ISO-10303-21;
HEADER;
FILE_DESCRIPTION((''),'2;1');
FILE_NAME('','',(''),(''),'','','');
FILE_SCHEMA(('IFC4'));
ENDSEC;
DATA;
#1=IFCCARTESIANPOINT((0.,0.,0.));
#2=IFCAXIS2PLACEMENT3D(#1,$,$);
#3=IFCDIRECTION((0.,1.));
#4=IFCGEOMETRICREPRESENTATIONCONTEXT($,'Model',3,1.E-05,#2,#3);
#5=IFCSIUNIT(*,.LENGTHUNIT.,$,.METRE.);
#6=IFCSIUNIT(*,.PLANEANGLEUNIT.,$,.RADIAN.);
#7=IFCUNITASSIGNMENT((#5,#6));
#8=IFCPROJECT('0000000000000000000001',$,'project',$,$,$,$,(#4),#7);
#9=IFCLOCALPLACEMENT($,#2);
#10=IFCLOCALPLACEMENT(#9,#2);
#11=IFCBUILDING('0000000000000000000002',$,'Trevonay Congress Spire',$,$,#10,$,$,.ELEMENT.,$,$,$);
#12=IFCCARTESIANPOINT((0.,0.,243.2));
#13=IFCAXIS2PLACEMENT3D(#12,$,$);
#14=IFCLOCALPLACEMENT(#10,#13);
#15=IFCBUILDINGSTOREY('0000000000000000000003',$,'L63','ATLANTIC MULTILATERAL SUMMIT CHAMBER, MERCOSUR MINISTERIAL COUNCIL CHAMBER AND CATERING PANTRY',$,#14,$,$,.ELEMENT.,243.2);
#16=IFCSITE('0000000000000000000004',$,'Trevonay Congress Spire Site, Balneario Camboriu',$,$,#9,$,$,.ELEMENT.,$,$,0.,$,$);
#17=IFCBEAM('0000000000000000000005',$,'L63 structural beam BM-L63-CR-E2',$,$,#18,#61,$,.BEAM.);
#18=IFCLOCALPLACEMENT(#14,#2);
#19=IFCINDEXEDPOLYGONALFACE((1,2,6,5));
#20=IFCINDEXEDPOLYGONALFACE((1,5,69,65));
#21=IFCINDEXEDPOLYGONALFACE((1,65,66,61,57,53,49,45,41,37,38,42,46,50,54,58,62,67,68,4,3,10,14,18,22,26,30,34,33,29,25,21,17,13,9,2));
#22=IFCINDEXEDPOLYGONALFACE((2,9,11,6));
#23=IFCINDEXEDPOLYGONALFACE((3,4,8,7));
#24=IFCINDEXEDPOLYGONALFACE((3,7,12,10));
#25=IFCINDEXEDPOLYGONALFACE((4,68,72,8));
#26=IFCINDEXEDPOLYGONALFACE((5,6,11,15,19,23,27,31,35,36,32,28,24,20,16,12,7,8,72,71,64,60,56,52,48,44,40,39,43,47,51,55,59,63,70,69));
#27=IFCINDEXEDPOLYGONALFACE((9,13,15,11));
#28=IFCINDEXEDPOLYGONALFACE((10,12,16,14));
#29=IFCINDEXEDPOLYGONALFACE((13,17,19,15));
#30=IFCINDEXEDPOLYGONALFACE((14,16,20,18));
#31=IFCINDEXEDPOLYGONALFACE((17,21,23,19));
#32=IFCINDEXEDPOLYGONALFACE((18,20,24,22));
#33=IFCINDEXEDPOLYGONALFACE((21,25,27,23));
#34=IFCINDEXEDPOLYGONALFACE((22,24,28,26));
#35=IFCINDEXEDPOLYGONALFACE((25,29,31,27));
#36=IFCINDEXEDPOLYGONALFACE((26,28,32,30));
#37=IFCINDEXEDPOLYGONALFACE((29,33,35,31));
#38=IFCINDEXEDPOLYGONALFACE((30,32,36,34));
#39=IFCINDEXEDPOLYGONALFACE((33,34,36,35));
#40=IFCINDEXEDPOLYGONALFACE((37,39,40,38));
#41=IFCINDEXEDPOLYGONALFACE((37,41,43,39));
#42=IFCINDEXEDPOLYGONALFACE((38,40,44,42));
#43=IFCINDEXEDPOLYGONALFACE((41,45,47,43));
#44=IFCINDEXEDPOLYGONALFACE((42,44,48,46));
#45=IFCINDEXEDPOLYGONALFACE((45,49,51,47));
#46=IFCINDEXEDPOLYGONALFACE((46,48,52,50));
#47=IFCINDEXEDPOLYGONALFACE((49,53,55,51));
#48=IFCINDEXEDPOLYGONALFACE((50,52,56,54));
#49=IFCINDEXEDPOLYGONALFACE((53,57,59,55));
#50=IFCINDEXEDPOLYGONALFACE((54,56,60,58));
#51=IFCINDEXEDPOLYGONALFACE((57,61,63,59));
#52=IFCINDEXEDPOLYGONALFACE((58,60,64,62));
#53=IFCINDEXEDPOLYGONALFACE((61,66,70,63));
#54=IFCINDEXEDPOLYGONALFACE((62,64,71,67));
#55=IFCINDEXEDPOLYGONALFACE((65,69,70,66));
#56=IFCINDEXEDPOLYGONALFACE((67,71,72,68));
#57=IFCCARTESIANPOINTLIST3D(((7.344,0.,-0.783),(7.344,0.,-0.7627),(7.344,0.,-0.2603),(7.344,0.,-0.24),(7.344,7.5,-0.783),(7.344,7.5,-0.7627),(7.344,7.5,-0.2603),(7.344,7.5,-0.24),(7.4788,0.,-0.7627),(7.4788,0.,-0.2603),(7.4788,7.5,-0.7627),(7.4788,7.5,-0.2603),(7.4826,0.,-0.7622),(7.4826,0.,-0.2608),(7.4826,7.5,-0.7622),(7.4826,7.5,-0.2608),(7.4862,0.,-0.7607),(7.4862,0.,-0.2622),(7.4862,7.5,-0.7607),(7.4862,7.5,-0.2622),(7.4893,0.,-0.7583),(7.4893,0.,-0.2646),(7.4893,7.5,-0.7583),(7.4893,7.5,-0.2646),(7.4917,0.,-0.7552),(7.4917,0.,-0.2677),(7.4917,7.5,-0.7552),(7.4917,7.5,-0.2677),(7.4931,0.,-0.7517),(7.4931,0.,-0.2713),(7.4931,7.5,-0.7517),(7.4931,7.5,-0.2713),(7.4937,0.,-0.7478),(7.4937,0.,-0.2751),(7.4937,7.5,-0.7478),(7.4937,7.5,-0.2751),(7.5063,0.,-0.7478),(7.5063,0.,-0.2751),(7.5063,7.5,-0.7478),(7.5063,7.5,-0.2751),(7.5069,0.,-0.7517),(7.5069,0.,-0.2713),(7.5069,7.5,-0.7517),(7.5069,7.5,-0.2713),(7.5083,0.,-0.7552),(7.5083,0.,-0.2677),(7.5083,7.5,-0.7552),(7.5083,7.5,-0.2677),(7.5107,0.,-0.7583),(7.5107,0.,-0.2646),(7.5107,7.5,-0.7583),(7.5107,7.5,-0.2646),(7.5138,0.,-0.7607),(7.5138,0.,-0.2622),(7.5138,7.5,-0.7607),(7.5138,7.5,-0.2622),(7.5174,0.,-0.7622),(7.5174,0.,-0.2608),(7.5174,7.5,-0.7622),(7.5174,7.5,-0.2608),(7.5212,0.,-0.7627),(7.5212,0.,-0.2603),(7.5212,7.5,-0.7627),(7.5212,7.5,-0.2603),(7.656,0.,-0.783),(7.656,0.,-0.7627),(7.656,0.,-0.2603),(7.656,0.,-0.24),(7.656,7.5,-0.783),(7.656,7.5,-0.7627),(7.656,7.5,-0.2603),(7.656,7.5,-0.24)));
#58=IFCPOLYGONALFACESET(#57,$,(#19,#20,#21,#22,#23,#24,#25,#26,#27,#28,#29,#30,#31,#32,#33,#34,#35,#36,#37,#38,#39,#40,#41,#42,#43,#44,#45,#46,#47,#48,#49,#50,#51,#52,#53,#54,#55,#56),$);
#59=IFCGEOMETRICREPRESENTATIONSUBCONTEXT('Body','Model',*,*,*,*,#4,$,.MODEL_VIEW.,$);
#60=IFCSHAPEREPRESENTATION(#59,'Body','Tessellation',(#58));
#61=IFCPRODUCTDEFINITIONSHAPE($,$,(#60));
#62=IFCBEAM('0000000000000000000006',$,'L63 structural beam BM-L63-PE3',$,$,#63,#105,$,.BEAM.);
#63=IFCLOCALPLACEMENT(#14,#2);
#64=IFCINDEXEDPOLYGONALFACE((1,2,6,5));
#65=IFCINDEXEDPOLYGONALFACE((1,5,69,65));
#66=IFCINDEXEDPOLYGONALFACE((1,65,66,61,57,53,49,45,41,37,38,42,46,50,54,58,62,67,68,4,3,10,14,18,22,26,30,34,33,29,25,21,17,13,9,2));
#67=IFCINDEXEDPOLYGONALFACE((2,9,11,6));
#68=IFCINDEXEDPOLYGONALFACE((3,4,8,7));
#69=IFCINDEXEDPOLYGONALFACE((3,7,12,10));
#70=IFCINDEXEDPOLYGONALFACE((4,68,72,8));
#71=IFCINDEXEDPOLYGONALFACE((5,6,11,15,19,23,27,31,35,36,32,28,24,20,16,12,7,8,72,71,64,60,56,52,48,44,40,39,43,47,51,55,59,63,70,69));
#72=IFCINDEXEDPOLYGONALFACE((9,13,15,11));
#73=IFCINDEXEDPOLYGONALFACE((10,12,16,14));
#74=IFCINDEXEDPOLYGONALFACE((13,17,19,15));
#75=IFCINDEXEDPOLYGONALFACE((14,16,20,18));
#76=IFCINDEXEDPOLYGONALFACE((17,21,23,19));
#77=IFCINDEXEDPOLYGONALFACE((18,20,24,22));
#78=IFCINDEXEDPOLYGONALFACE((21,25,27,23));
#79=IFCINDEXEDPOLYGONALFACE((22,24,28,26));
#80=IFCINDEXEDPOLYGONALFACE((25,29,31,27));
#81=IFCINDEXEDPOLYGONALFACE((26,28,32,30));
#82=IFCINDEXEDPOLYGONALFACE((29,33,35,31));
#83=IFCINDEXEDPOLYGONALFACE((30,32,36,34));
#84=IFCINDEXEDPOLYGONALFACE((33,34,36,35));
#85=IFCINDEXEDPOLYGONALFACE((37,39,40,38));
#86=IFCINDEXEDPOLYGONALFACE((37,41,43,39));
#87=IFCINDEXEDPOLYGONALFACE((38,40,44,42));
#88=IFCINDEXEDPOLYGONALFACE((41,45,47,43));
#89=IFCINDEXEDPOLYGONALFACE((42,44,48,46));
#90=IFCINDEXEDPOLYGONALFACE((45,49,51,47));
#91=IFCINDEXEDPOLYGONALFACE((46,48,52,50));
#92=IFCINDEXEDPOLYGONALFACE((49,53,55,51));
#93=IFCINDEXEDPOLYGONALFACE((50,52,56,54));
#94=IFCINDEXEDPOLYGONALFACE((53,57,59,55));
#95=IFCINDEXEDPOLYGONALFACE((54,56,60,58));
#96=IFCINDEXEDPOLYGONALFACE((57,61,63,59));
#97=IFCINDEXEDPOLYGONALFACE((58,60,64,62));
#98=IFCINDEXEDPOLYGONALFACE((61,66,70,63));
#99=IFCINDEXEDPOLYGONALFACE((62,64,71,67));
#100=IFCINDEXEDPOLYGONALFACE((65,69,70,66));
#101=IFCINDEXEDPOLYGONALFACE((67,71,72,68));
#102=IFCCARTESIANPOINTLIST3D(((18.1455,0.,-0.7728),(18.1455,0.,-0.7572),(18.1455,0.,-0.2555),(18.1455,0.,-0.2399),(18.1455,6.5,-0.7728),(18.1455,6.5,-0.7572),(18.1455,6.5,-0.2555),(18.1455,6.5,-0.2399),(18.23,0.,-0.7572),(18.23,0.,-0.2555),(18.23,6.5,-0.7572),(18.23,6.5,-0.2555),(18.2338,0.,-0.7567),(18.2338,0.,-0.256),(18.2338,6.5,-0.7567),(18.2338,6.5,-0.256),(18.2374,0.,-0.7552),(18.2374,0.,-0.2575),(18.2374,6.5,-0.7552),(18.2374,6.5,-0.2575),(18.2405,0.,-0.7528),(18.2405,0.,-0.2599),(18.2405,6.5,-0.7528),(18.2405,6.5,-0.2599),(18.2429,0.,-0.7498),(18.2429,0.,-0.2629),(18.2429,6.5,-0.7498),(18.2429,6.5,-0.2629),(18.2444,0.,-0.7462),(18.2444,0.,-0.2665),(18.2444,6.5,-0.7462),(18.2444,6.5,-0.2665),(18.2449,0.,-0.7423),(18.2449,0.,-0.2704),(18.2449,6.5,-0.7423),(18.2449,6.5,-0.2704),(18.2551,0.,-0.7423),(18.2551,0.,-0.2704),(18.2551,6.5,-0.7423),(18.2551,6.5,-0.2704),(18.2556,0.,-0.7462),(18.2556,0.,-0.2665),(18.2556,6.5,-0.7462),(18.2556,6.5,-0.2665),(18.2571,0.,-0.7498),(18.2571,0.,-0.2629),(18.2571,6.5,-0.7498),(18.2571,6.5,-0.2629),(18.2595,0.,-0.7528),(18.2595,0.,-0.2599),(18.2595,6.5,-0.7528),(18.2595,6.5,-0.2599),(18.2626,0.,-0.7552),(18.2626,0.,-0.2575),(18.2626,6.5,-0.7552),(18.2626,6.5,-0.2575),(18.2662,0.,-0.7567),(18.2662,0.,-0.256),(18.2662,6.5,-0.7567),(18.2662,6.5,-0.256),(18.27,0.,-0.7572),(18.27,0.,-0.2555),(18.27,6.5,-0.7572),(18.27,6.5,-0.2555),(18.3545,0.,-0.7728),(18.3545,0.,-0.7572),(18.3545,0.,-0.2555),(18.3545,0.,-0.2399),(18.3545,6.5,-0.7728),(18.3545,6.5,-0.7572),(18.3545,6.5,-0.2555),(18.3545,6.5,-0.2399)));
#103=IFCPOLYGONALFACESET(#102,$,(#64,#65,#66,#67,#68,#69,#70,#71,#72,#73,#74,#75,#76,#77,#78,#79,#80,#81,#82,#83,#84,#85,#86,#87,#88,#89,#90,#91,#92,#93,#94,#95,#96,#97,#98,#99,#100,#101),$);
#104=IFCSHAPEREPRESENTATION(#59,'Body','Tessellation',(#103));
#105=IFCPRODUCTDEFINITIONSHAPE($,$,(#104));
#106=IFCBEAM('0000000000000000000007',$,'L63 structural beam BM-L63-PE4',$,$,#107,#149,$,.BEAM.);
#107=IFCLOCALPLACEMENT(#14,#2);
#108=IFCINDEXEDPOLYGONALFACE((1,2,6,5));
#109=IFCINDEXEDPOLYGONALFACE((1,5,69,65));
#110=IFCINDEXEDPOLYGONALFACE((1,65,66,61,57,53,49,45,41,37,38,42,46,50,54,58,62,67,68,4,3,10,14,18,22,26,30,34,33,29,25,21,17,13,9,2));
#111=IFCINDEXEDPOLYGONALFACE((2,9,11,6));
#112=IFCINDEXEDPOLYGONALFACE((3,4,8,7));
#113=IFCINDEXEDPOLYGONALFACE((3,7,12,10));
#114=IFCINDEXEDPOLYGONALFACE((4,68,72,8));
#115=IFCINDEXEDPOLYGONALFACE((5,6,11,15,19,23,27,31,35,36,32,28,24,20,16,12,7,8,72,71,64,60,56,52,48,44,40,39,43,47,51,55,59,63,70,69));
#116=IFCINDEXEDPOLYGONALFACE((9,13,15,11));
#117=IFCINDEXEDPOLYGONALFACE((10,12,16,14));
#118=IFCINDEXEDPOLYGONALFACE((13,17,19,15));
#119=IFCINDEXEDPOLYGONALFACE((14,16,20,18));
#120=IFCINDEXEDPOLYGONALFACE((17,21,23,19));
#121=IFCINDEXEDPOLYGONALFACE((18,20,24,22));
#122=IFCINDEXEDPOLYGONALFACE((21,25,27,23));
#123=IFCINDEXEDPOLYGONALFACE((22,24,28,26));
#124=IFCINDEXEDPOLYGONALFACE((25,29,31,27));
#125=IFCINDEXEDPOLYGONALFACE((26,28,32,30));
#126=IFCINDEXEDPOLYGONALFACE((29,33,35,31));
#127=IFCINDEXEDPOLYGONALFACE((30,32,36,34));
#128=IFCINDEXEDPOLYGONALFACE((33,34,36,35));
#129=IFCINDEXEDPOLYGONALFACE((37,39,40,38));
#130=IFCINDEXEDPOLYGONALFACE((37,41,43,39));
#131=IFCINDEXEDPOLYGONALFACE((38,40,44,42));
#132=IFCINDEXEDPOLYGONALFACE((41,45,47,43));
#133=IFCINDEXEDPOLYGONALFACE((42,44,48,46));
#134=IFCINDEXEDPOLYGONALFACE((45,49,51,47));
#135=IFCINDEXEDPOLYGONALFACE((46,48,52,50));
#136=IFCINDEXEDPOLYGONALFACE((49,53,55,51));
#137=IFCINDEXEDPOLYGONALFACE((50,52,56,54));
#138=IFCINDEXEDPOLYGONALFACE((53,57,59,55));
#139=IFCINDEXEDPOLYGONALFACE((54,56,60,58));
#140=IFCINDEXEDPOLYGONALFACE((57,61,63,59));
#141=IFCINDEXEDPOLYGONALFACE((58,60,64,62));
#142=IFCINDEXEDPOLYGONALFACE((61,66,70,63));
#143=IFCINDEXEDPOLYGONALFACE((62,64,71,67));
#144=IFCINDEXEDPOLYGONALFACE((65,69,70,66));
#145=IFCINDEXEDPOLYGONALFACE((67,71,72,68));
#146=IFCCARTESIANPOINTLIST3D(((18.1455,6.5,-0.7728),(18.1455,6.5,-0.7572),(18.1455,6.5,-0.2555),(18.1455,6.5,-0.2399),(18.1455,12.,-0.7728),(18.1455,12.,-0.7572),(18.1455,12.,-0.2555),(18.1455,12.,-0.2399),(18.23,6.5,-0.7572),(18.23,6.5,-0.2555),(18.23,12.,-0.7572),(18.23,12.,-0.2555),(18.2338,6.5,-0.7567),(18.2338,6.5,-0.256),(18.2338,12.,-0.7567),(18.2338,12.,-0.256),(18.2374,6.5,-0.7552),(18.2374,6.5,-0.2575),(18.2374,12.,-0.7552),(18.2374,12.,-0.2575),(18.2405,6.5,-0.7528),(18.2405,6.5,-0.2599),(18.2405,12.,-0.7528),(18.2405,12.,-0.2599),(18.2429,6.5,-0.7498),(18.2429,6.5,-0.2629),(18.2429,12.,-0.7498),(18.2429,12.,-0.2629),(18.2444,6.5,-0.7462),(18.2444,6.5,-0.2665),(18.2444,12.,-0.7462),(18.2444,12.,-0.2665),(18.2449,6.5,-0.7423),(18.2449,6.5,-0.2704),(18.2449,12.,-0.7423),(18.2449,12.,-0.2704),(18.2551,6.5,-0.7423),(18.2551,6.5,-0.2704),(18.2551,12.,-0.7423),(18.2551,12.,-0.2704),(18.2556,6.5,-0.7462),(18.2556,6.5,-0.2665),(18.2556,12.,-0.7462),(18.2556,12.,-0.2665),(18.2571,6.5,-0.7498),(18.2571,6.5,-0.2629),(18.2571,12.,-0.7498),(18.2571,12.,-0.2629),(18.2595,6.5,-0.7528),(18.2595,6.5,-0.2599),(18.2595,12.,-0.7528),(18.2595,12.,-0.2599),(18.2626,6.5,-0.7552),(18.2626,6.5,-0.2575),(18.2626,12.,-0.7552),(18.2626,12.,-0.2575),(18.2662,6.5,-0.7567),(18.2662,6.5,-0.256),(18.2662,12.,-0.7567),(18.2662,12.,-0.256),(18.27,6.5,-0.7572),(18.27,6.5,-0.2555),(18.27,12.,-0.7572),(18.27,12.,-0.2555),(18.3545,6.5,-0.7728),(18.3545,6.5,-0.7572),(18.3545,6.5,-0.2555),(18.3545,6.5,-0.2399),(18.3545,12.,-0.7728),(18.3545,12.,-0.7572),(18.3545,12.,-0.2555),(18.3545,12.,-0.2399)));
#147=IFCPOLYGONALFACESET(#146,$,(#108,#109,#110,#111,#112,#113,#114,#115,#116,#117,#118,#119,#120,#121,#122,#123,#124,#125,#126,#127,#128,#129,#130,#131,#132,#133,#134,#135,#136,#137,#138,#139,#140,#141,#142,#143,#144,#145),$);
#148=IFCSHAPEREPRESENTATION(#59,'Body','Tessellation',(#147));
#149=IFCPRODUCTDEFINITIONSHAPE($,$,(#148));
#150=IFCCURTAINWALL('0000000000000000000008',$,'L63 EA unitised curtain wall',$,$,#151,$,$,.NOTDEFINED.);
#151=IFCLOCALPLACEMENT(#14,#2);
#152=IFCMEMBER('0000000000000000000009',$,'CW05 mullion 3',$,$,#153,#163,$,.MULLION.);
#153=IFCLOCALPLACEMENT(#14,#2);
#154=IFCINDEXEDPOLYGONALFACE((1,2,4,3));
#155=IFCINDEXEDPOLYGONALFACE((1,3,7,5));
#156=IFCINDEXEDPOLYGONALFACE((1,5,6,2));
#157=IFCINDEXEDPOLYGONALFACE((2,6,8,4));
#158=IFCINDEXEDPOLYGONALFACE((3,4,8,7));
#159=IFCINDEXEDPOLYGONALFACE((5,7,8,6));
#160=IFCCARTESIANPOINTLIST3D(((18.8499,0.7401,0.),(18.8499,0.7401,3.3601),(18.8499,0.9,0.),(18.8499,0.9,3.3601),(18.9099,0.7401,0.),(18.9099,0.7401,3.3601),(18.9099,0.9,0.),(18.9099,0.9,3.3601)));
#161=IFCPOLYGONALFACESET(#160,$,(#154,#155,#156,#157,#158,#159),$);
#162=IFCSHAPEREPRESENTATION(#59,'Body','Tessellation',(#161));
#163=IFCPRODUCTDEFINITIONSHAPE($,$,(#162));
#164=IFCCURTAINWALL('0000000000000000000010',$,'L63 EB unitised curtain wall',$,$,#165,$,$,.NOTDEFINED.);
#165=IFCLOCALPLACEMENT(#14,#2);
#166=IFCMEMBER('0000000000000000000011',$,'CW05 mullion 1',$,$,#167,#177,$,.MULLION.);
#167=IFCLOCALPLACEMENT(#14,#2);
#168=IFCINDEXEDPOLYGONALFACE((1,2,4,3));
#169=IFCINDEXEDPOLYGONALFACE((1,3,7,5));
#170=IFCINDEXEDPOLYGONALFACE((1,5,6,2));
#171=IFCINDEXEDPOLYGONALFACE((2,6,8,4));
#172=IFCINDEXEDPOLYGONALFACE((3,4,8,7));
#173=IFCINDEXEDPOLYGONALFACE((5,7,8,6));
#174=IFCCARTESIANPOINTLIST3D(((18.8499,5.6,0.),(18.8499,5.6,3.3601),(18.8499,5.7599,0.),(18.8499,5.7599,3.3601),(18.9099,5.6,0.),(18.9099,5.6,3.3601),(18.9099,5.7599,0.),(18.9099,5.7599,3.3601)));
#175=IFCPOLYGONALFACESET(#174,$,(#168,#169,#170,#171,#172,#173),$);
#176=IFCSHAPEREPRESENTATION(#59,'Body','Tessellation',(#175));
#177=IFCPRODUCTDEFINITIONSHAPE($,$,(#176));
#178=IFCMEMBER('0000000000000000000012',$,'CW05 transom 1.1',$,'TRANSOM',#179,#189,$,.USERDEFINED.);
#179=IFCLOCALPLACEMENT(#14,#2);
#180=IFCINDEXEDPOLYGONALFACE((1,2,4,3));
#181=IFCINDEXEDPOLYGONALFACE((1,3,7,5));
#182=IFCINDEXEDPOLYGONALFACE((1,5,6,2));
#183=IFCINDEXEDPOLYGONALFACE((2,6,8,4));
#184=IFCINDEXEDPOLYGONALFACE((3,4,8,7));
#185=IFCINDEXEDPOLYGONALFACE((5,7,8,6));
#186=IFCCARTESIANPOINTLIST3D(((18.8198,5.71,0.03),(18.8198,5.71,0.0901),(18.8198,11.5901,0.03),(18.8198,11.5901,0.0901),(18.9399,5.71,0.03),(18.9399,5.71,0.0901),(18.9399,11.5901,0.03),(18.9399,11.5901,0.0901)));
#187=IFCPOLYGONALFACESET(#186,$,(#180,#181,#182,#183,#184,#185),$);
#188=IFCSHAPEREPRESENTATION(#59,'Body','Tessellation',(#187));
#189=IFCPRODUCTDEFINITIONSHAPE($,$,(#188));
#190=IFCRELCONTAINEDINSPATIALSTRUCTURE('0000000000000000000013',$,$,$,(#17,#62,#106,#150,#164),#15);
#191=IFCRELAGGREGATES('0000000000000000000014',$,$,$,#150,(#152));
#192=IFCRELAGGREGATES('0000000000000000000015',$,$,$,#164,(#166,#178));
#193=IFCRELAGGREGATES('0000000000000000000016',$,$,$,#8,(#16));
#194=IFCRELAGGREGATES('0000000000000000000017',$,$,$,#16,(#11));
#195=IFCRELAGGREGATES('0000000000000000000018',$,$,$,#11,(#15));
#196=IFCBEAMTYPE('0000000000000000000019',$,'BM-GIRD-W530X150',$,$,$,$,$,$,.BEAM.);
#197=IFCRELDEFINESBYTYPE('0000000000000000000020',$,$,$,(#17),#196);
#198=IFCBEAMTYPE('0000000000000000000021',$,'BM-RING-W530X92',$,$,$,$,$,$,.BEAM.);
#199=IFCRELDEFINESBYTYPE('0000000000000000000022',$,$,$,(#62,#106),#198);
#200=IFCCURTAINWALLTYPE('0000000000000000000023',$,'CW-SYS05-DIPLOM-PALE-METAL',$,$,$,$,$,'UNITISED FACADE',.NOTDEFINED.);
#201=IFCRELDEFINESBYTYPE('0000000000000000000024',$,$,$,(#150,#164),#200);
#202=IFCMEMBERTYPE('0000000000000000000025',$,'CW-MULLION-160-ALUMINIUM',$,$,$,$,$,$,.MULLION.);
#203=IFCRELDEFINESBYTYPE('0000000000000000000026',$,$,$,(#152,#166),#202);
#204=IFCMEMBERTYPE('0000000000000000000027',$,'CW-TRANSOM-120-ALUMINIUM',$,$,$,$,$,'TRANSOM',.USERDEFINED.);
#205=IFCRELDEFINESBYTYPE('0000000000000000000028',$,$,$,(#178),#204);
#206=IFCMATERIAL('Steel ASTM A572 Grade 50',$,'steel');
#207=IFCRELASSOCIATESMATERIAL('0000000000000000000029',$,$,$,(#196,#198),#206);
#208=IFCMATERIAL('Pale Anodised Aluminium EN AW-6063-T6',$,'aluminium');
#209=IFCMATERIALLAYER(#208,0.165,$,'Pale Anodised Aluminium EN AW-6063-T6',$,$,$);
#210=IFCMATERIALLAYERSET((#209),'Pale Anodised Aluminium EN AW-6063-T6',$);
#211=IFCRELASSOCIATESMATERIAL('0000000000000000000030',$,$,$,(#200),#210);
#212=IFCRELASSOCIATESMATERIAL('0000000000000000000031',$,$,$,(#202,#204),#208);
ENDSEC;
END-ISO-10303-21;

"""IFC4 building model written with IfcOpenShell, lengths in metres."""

from ifc_helpers import new_model, si_unit, direction, frame, origin, origin_2d, place, context, subcontext, project, spatial, rectangle, i_section, extrude, material, layer, layer_set, material_profile, profile_set, type_object, element, aggregate, save


model = new_model("IFC4")

# Units and contexts
model_context = context("Model", 3, precision=1e-05, world=origin(), true_north=direction((0.0, 1.0)))
body_context = subcontext(model_context, "Body", "Model", "MODEL_VIEW")
ifc_project = project(units=[si_unit("LENGTHUNIT", "METRE"), si_unit("PLANEANGLEUNIT", "RADIAN")], contexts=[model_context])

# Site, building, storey
site_placement = place(None, origin())
site = spatial("IfcSite", under=ifc_project, at=site_placement, Name="Trevonay Congress Spire Site, Balneario Camboriu", CompositionType="ELEMENT", RefElevation=0.0)
building_placement = place(site_placement, origin())
building = spatial("IfcBuilding", under=site, at=building_placement, Name="Trevonay Congress Spire", CompositionType="ELEMENT")
storey_placement = place(building_placement, frame((0.0, 0.0, 243.2)))
storey = spatial("IfcBuildingStorey", under=building, at=storey_placement, Name="L63", Description="ATLANTIC MULTILATERAL SUMMIT CHAMBER, MERCOSUR MINISTERIAL COUNCIL CHAMBER AND CATERING PANTRY", CompositionType="ELEMENT", Elevation=243.2)

# Shared definitions
ifc_material_1 = material(Name="Steel ASTM A572 Grade 50", Category="steel")

# Beams
ifc_material_profile_1 = material_profile(ifc_material_1, i_section(OverallWidth=0.312, OverallDepth=0.543, WebThickness=0.0127, FlangeThickness=0.0203, FilletRadius=0.0149, at=origin_2d()), Name="W530x150")
ifc_profile_set_1 = profile_set([ifc_material_profile_1], Name="Steel ASTM A572 Grade 50")
beam_type_1 = type_object("IfcBeamType", Name="BM-GIRD-W530X150", PredefinedType="BEAM", material=ifc_profile_set_1)
beam_1_placement = place(storey_placement, frame((7.5, 0.0, -0.5115), z_axis=(0.0, 1.0, 0.0), x_axis=(-1.0, 0.0, 0.0)))
element("IfcBeam", 1, at=beam_1_placement, inside=storey, type_object=beam_type_1, Name="L63 structural beam BM-L63-CR-E2", PredefinedType="BEAM", context=body_context, shape_type="SweptSolid", body=[
    extrude(i_section(OverallWidth=0.312, OverallDepth=0.543, WebThickness=0.0127, FlangeThickness=0.0203, FilletRadius=0.0149, at=origin_2d()), origin(), (0.0, 0.0, 1.0), 7.5),
])
ifc_material_profile_2 = material_profile(ifc_material_1, i_section(OverallWidth=0.209, OverallDepth=0.533, WebThickness=0.0103, FlangeThickness=0.0156, FilletRadius=0.0149, at=origin_2d()), Name="W530x92")
ifc_profile_set_2 = profile_set([ifc_material_profile_2], Name="Steel ASTM A572 Grade 50")
beam_type_2 = type_object("IfcBeamType", Name="BM-RING-W530X92", PredefinedType="BEAM", material=ifc_profile_set_2)
beam_2_placement = place(storey_placement, frame((18.25, 0.0, -0.5063), z_axis=(0.0, 1.0, 0.0), x_axis=(-1.0, 0.0, 0.0)))
element("IfcBeam", 2, at=beam_2_placement, inside=storey, type_object=beam_type_2, Name="L63 structural beam BM-L63-PE3", PredefinedType="BEAM", context=body_context, shape_type="SweptSolid", body=[
    extrude(i_section(OverallWidth=0.209, OverallDepth=0.533, WebThickness=0.0103, FlangeThickness=0.0156, FilletRadius=0.0149, at=origin_2d()), origin(), (0.0, 0.0, 1.0), 6.5),
])
beam_3_placement = place(storey_placement, frame((18.25, 6.5, -0.5063), z_axis=(0.0, 1.0, 0.0), x_axis=(-1.0, 0.0, 0.0)))
element("IfcBeam", 3, at=beam_3_placement, inside=storey, type_object=beam_type_2, Name="L63 structural beam BM-L63-PE4", PredefinedType="BEAM", context=body_context, shape_type="SweptSolid", body=[
    extrude(i_section(OverallWidth=0.209, OverallDepth=0.533, WebThickness=0.0103, FlangeThickness=0.0156, FilletRadius=0.0149, at=origin_2d()), origin(), (0.0, 0.0, 1.0), 5.5),
])

# Curtain wall, member
ifc_material_2 = material(Name="Pale Anodised Aluminium EN AW-6063-T6", Category="aluminium")
ifc_layer_1 = layer(ifc_material_2, 0.165, Name="Pale Anodised Aluminium EN AW-6063-T6")
ifc_layer_set_1 = layer_set([ifc_layer_1], Name="Pale Anodised Aluminium EN AW-6063-T6")
curtain_wall_type = type_object("IfcCurtainWallType", Name="CW-SYS05-DIPLOM-PALE-METAL", ElementType="UNITISED FACADE", PredefinedType="NOTDEFINED", material=ifc_layer_set_1)
curtain_wall_1_placement = place(storey_placement, origin())
curtain_wall_1 = element("IfcCurtainWall", 4, at=curtain_wall_1_placement, inside=storey, type_object=curtain_wall_type, Name="L63 EA unitised curtain wall", PredefinedType="NOTDEFINED")
ifc_material_profile_3 = material_profile(ifc_material_2, rectangle(XDim=0.0601, YDim=0.1599, at=origin_2d()), Name="CW-MULLION-160-ALUMINIUM")
ifc_profile_set_3 = profile_set([ifc_material_profile_3], Name="Pale Anodised Aluminium EN AW-6063-T6")
member_type_1 = type_object("IfcMemberType", Name="CW-MULLION-160-ALUMINIUM", PredefinedType="MULLION", material=ifc_profile_set_3)
member_1_placement = place(storey_placement, frame((18.8799, 0.8201, 0.0), z_axis=(0.0, 0.0, 1.0), x_axis=(-1.0, 0.0, 0.0)))
member_1 = element("IfcMember", 5, at=member_1_placement, type_object=member_type_1, Name="CW05 mullion 3", PredefinedType="MULLION", context=body_context, shape_type="SweptSolid", body=[
    extrude(rectangle(XDim=0.0601, YDim=0.1599, at=origin_2d()), origin(), (0.0, 0.0, 1.0), 3.3601),
])
aggregate(curtain_wall_1, [member_1])

# Curtain wall, members
curtain_wall_2_placement = place(storey_placement, origin())
curtain_wall_2 = element("IfcCurtainWall", 6, at=curtain_wall_2_placement, inside=storey, type_object=curtain_wall_type, Name="L63 EB unitised curtain wall", PredefinedType="NOTDEFINED")
member_2_placement = place(storey_placement, frame((18.8799, 5.6799, 0.0), z_axis=(0.0, 0.0, 1.0), x_axis=(-1.0, 0.0, 0.0)))
member_2 = element("IfcMember", 7, at=member_2_placement, type_object=member_type_1, Name="CW05 mullion 1", PredefinedType="MULLION", context=body_context, shape_type="SweptSolid", body=[
    extrude(rectangle(XDim=0.0601, YDim=0.1599, at=origin_2d()), origin(), (0.0, 0.0, 1.0), 3.3601),
])
ifc_material_profile_4 = material_profile(ifc_material_2, rectangle(XDim=0.1201, YDim=0.0601, at=origin_2d()), Name="CW-TRANSOM-120-ALUMINIUM")
ifc_profile_set_4 = profile_set([ifc_material_profile_4], Name="Pale Anodised Aluminium EN AW-6063-T6")
member_type_2 = type_object("IfcMemberType", Name="CW-TRANSOM-120-ALUMINIUM", ElementType="TRANSOM", PredefinedType="USERDEFINED", material=ifc_profile_set_4)
member_3_placement = place(storey_placement, frame((18.8799, 5.71, 0.0601), z_axis=(0.0, 1.0, 0.0), x_axis=(-1.0, 0.0, 0.0)))
member_3 = element("IfcMember", 8, at=member_3_placement, type_object=member_type_2, Name="CW05 transom 1.1", ObjectType="TRANSOM", PredefinedType="USERDEFINED", context=body_context, shape_type="SweptSolid", body=[
    extrude(rectangle(XDim=0.1201, YDim=0.0601, at=origin_2d()), origin(), (0.0, 0.0, 1.0), 5.8801),
])
aggregate(curtain_wall_2, [member_2, member_3])

save(model, "model.ifc")
